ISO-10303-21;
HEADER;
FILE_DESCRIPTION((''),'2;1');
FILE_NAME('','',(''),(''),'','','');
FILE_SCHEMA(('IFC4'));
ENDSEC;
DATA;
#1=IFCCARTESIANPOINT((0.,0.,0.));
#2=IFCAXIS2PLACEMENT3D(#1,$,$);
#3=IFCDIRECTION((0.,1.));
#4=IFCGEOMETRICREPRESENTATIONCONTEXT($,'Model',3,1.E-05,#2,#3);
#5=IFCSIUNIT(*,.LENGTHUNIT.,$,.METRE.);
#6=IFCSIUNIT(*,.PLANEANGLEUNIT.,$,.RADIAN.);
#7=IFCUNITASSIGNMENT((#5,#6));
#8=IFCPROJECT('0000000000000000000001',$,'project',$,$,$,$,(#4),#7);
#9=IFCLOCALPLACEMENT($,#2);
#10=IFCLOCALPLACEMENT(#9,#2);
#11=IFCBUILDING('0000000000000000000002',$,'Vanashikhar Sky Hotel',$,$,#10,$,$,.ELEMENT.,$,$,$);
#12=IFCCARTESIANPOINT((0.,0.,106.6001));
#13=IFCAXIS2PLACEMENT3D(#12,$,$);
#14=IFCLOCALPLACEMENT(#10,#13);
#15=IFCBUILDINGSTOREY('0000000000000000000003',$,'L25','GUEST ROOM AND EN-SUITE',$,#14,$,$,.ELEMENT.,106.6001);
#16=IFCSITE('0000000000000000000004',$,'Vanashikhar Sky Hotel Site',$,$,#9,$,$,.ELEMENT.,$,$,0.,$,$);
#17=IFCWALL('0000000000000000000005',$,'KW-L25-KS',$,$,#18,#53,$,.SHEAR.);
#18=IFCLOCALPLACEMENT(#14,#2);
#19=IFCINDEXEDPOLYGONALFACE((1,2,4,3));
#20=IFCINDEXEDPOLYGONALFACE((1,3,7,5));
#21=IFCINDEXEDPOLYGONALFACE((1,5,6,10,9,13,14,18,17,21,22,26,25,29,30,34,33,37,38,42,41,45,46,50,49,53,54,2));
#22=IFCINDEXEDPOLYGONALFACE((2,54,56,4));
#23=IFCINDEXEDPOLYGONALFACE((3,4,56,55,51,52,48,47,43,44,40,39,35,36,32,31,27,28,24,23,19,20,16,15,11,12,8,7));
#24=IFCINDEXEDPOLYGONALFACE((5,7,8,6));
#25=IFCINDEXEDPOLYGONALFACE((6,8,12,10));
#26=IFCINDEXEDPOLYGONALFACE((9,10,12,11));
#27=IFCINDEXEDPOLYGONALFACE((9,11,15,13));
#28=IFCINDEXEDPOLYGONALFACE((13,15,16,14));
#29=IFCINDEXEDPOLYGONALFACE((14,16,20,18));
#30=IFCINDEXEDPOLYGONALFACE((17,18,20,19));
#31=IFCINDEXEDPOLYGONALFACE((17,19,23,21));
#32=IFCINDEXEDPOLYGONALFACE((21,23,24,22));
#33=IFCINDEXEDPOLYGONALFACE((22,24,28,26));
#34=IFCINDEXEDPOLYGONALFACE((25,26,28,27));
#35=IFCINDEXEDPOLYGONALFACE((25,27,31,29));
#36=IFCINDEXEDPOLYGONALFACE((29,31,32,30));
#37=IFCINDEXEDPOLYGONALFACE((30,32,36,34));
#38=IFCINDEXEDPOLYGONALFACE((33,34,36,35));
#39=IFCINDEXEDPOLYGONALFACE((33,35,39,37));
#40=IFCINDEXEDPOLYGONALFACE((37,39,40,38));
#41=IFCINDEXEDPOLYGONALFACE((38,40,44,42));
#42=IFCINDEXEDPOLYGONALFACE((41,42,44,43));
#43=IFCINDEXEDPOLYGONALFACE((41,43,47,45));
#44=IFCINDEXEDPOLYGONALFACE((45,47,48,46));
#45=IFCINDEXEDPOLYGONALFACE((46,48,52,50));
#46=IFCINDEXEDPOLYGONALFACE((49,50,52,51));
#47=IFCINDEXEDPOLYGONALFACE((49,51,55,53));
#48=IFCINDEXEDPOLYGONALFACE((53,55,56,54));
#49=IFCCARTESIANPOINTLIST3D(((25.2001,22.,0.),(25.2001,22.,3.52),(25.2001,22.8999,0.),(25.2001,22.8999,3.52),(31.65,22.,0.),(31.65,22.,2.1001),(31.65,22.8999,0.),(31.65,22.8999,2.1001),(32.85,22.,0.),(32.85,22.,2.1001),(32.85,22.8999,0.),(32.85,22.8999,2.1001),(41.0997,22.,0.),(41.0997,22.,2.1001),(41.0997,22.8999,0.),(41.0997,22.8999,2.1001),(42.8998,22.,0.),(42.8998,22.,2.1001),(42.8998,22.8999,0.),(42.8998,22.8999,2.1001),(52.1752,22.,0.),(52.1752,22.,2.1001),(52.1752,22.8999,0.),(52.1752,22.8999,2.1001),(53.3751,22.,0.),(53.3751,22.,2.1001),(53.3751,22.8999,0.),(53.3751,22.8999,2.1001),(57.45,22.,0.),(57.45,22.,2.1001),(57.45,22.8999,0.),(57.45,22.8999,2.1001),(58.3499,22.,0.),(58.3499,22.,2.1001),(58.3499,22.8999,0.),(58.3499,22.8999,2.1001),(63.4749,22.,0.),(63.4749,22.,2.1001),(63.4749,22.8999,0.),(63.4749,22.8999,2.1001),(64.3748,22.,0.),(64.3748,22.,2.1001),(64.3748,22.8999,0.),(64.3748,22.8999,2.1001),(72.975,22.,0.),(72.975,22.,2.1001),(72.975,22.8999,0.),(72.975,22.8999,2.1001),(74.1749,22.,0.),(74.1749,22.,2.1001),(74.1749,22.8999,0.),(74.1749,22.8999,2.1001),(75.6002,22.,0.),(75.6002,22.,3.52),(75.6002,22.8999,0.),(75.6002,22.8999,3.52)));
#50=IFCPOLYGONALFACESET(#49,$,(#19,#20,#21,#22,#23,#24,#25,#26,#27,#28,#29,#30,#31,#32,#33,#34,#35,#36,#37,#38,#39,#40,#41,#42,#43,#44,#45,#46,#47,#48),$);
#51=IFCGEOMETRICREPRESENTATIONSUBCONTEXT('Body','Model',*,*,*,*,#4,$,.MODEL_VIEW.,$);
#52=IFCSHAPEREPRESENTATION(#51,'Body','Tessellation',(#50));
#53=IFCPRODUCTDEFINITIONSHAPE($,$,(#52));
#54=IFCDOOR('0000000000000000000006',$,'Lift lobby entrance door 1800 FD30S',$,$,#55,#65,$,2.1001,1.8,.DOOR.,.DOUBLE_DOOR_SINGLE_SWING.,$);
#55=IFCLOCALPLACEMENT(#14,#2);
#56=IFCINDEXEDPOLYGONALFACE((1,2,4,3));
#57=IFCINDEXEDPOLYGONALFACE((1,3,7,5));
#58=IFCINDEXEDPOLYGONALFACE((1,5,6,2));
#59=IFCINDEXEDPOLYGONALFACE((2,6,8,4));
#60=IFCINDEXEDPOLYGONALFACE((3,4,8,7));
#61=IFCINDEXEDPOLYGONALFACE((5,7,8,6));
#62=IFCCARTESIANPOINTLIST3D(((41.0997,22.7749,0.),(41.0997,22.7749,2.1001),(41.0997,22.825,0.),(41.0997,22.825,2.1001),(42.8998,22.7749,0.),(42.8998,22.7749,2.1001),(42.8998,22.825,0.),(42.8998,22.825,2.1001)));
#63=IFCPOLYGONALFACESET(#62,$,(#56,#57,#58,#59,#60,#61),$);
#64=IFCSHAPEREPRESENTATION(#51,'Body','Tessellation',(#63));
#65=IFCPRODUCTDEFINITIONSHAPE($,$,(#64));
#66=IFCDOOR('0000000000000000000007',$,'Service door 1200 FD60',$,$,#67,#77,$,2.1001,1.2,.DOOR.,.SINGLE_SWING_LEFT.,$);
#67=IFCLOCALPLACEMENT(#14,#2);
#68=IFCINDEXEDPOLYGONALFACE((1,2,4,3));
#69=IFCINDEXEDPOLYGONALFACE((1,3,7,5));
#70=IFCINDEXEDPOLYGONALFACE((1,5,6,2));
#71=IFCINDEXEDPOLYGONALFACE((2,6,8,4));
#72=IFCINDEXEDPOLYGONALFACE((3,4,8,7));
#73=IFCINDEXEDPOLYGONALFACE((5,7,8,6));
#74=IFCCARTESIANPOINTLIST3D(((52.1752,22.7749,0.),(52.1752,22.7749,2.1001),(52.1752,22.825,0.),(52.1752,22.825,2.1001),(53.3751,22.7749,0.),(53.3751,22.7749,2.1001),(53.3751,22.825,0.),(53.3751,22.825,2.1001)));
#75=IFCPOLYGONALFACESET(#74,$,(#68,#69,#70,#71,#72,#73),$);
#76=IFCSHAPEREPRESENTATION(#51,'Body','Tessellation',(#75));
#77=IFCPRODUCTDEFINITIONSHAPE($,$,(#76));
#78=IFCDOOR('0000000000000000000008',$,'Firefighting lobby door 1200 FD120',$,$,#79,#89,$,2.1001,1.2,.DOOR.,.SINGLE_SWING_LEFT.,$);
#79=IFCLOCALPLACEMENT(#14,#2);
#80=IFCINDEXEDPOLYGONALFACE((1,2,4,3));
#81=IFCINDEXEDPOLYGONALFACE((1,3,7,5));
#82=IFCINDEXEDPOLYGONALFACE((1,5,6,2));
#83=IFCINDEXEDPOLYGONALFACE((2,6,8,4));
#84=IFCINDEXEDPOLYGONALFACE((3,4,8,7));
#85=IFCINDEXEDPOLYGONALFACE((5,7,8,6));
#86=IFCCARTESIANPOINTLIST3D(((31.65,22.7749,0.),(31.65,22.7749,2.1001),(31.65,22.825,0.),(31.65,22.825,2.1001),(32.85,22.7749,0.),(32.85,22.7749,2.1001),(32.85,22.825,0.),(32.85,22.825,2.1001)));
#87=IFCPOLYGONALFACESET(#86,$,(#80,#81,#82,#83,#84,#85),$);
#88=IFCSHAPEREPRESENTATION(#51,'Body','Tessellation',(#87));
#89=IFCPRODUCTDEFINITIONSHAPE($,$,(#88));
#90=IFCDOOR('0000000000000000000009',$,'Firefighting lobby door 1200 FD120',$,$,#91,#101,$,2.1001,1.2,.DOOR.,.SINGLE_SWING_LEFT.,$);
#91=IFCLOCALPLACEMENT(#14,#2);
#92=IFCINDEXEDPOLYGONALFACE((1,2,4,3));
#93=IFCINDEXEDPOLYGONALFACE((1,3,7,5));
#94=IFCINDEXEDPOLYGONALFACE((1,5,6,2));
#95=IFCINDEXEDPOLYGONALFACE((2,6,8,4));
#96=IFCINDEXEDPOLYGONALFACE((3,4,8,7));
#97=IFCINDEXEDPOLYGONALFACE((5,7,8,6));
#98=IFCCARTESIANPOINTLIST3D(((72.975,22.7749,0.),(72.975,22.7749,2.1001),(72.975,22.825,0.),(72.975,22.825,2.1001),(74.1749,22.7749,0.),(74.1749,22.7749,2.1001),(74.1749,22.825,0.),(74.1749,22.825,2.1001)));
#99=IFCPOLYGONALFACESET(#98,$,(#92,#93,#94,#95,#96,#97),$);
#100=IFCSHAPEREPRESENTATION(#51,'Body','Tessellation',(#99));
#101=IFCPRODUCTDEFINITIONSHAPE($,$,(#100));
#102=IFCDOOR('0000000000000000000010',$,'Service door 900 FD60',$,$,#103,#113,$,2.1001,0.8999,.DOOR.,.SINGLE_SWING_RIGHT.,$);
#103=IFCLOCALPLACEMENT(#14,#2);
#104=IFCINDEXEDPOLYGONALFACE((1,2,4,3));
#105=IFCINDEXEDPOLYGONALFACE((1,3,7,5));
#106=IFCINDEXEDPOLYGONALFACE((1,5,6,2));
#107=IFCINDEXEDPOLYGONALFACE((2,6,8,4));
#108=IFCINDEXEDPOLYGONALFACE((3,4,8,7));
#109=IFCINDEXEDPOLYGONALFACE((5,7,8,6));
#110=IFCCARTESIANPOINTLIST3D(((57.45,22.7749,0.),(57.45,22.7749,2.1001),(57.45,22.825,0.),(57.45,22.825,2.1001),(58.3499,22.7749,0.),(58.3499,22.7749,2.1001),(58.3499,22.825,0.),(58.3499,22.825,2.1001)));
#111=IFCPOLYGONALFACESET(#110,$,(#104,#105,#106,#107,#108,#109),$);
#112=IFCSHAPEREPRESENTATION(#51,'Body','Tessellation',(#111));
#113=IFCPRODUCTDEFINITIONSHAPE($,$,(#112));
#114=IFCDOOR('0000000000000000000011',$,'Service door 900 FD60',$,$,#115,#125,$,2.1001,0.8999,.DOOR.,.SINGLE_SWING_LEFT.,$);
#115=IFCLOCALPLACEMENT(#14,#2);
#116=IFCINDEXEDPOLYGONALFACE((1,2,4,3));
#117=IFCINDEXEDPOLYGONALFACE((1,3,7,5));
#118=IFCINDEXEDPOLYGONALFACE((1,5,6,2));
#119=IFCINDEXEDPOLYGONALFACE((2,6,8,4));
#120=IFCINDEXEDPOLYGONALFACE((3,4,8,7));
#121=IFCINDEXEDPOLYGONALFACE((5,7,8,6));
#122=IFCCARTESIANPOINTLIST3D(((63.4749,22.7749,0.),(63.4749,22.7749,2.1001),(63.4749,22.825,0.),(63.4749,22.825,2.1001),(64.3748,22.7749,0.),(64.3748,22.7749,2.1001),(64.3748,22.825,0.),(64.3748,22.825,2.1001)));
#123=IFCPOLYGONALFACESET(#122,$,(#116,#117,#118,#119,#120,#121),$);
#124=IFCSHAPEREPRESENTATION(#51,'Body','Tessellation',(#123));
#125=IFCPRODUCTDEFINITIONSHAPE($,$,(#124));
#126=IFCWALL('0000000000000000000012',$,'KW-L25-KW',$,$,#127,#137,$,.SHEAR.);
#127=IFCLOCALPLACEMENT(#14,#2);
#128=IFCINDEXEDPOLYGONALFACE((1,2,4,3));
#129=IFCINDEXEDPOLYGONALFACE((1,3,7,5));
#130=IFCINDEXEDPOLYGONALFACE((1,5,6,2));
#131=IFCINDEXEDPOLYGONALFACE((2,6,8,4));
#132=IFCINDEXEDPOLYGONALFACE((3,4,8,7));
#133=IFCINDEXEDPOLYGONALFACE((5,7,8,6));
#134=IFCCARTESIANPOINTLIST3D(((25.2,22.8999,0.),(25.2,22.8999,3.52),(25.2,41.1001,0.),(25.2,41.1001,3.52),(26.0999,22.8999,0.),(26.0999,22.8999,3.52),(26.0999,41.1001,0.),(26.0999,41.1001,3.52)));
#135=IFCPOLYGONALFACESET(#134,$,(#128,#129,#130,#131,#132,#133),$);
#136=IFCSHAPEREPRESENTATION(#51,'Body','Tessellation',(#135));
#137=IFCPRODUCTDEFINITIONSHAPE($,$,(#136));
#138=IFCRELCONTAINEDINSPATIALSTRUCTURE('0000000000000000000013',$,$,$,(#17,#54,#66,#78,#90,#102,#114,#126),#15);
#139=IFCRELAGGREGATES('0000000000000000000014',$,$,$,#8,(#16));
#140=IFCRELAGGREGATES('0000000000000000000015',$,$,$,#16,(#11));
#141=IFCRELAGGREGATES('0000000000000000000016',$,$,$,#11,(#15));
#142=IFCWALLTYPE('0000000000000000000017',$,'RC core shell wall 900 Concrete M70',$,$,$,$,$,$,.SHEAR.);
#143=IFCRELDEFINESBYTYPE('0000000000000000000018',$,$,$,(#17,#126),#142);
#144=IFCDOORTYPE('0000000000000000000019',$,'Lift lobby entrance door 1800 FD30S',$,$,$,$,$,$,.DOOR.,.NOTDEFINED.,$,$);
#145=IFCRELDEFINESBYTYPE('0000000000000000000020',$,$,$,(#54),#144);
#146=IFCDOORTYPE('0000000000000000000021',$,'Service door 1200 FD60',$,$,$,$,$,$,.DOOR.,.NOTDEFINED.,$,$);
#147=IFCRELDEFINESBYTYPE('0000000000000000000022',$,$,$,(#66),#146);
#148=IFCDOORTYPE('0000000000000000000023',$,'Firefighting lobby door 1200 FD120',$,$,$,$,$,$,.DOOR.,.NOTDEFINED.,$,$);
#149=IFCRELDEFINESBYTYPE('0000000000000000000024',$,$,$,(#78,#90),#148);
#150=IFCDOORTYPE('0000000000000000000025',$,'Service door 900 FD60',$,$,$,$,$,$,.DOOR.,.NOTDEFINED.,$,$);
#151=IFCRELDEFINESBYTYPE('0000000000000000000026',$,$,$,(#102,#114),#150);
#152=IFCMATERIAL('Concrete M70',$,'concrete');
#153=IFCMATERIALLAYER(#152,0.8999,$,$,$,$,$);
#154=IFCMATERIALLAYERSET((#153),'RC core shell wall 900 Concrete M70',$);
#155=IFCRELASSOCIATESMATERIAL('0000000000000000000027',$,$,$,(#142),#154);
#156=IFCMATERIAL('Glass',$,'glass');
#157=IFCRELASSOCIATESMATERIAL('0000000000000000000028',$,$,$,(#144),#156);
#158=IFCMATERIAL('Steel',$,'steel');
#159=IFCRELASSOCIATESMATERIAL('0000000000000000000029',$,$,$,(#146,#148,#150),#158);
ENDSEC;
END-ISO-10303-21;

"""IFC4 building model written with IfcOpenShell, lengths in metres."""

from ifc_helpers import new_model, si_unit, direction, frame, frame_2d, origin, place, context, subcontext, project, spatial, rectangle, extrude, source, transform, mapped, material, layer, layer_set, type_object, element, fill, save


model = new_model("IFC4")

# Units and contexts
model_context = context("Model", 3, precision=1e-05, world=origin(), true_north=direction((0.0, 1.0)))
body_context = subcontext(model_context, "Body", "Model", "MODEL_VIEW")
ifc_project = project(units=[si_unit("LENGTHUNIT", "METRE"), si_unit("PLANEANGLEUNIT", "RADIAN")], contexts=[model_context])

# Site, building, storey
site_placement = place(None, origin())
site = spatial("IfcSite", under=ifc_project, at=site_placement, Name="Vanashikhar Sky Hotel Site", CompositionType="ELEMENT", RefElevation=0.0)
building_placement = place(site_placement, origin())
building = spatial("IfcBuilding", under=site, at=building_placement, Name="Vanashikhar Sky Hotel", CompositionType="ELEMENT")
storey_placement = place(building_placement, frame((0.0, 0.0, 106.6001)))
storey = spatial("IfcBuildingStorey", under=building, at=storey_placement, Name="L25", Description="GUEST ROOM AND EN-SUITE", CompositionType="ELEMENT", Elevation=106.6001)

# Wall, openings, doors
ifc_material_1 = material(Name="Concrete M70", Category="concrete")
ifc_layer_1 = layer(ifc_material_1, 0.8999)
ifc_layer_set_1 = layer_set([ifc_layer_1], Name="RC core shell wall 900 Concrete M70")
wall_type_1 = type_object("IfcWallType", Name="RC core shell wall 900 Concrete M70", PredefinedType="SHEAR", material=ifc_layer_set_1)
shared_shape_1 = source(origin(), body_context, "Body", "SweptSolid", [
    extrude(rectangle(XDim=50.4001, YDim=0.8999, at=frame_2d((25.2002, 0.0))), origin(), (0.0, 0.0, 1.0), 3.52),
])
wall_1_placement = place(storey_placement, frame((25.2, 22.45, 0.0), z_axis=(0.0, 0.0, 1.0), x_axis=(1.0, 0.0, 0.0)))
wall_1 = element("IfcWall", 1, at=wall_1_placement, inside=storey, type_object=wall_type_1, Name="KW-L25-KS", PredefinedType="SHEAR", context=body_context, shape_type="MappedRepresentation", body=[
    mapped(shared_shape_1, transform((0.0, 0.0, 0.0), scale=1.0)),
])
shared_shape_2 = source(origin(), body_context, "Body", "SweptSolid", [
    extrude(rectangle(XDim=1.8, YDim=2.1001, at=frame_2d((0.8999, 1.05))), frame((0.0, 0.46, 0.0), z_axis=(0.0, -1.0, 0.0), x_axis=(1.0, 0.0, 0.0)), (0.0, 0.0, 1.0), 0.9199),
])
opening_1_placement = place(wall_1_placement, frame((15.8999, 0.0, 0.0)))
opening_1 = element("IfcOpeningElement", 2, at=opening_1_placement, cuts=wall_1, PredefinedType="OPENING", context=body_context, shape_type="MappedRepresentation", body=[
    mapped(shared_shape_2, transform((0.0, 0.0, 0.0), scale=1.0)),
])
shared_shape_3 = source(origin(), body_context, "Body", "SweptSolid", [
    extrude(rectangle(XDim=1.2, YDim=2.1001, at=frame_2d((0.6001, 1.05))), frame((0.0, 0.46, 0.0), z_axis=(0.0, -1.0, 0.0), x_axis=(1.0, 0.0, 0.0)), (0.0, 0.0, 1.0), 0.9199),
])
opening_2_placement = place(wall_1_placement, frame((26.9751, 0.0, 0.0)))
opening_2 = element("IfcOpeningElement", 3, at=opening_2_placement, cuts=wall_1, PredefinedType="OPENING", context=body_context, shape_type="MappedRepresentation", body=[
    mapped(shared_shape_3, transform((0.0, 0.0, 0.0), scale=1.0)),
])
shared_shape_4 = source(origin(), body_context, "Body", "SweptSolid", [
    extrude(rectangle(XDim=0.8999, YDim=2.1001, at=frame_2d((0.45, 1.05))), frame((0.0, 0.46, 0.0), z_axis=(0.0, -1.0, 0.0), x_axis=(1.0, 0.0, 0.0)), (0.0, 0.0, 1.0), 0.9199),
])
opening_3_placement = place(wall_1_placement, frame((32.25, 0.0, 0.0)))
opening_3 = element("IfcOpeningElement", 4, at=opening_3_placement, cuts=wall_1, PredefinedType="OPENING", context=body_context, shape_type="MappedRepresentation", body=[
    mapped(shared_shape_4, transform((0.0, 0.0, 0.0), scale=1.0)),
])
opening_4_placement = place(wall_1_placement, frame((38.2749, 0.0, 0.0)))
opening_4 = element("IfcOpeningElement", 5, at=opening_4_placement, cuts=wall_1, PredefinedType="OPENING", context=body_context, shape_type="MappedRepresentation", body=[
    mapped(shared_shape_4, transform((0.0, 0.0, 0.0), scale=1.0)),
])
opening_5_placement = place(wall_1_placement, frame((6.45, 0.0, 0.0)))
opening_5 = element("IfcOpeningElement", 6, at=opening_5_placement, cuts=wall_1, PredefinedType="OPENING", context=body_context, shape_type="MappedRepresentation", body=[
    mapped(shared_shape_3, transform((0.0, 0.0, 0.0), scale=1.0)),
])
opening_6_placement = place(wall_1_placement, frame((47.7749, 0.0, 0.0)))
opening_6 = element("IfcOpeningElement", 7, at=opening_6_placement, cuts=wall_1, PredefinedType="OPENING", context=body_context, shape_type="MappedRepresentation", body=[
    mapped(shared_shape_3, transform((0.0, 0.0, 0.0), scale=1.0)),
])
ifc_material_2 = material(Name="Glass", Category="glass")
door_type_1 = type_object("IfcDoorType", Name="Lift lobby entrance door 1800 FD30S", OperationType="NOTDEFINED", PredefinedType="DOOR", material=ifc_material_2)
shared_shape_5 = source(origin(), body_context, "Body", "SweptSolid", [
    extrude(rectangle(XDim=1.8, YDim=2.1001, at=frame_2d((0.8999, 1.05))), frame((0.0, 0.375, 0.0), z_axis=(0.0, -1.0, 0.0), x_axis=(1.0, 0.0, 0.0)), (0.0, 0.0, 1.0), 0.05),
])
door_1_placement = place(opening_1_placement, origin())
door_1 = element("IfcDoor", 8, at=door_1_placement, inside=storey, type_object=door_type_1, Name="Lift lobby entrance door 1800 FD30S", OperationType="DOUBLE_DOOR_SINGLE_SWING", OverallHeight=2.1001, OverallWidth=1.8, PredefinedType="DOOR", context=body_context, shape_type="MappedRepresentation", body=[
    mapped(shared_shape_5, transform((0.0, 0.0, 0.0), scale=1.0)),
])
fill(opening_1, door_1)
ifc_material_3 = material(Name="Steel", Category="steel")
door_type_2 = type_object("IfcDoorType", Name="Service door 1200 FD60", OperationType="NOTDEFINED", PredefinedType="DOOR", material=ifc_material_3)
shared_shape_6 = source(origin(), body_context, "Body", "SweptSolid", [
    extrude(rectangle(XDim=1.2, YDim=2.1001, at=frame_2d((0.6001, 1.05))), frame((0.0, 0.375, 0.0), z_axis=(0.0, -1.0, 0.0), x_axis=(1.0, 0.0, 0.0)), (0.0, 0.0, 1.0), 0.05),
])
door_2_placement = place(opening_2_placement, origin())
door_2 = element("IfcDoor", 9, at=door_2_placement, inside=storey, type_object=door_type_2, Name="Service door 1200 FD60", OperationType="SINGLE_SWING_LEFT", OverallHeight=2.1001, OverallWidth=1.2, PredefinedType="DOOR", context=body_context, shape_type="MappedRepresentation", body=[
    mapped(shared_shape_6, transform((0.0, 0.0, 0.0), scale=1.0)),
])
fill(opening_2, door_2)
door_type_3 = type_object("IfcDoorType", Name="Firefighting lobby door 1200 FD120", OperationType="NOTDEFINED", PredefinedType="DOOR", material=ifc_material_3)
door_3_placement = place(opening_5_placement, origin())
door_3 = element("IfcDoor", 10, at=door_3_placement, inside=storey, type_object=door_type_3, Name="Firefighting lobby door 1200 FD120", OperationType="SINGLE_SWING_LEFT", OverallHeight=2.1001, OverallWidth=1.2, PredefinedType="DOOR", context=body_context, shape_type="MappedRepresentation", body=[
    mapped(shared_shape_6, transform((0.0, 0.0, 0.0), scale=1.0)),
])
fill(opening_5, door_3)
door_4_placement = place(opening_6_placement, origin())
door_4 = element("IfcDoor", 11, at=door_4_placement, inside=storey, type_object=door_type_3, Name="Firefighting lobby door 1200 FD120", OperationType="SINGLE_SWING_LEFT", OverallHeight=2.1001, OverallWidth=1.2, PredefinedType="DOOR", context=body_context, shape_type="MappedRepresentation", body=[
    mapped(shared_shape_6, transform((0.0, 0.0, 0.0), scale=1.0)),
])
fill(opening_6, door_4)
door_type_4 = type_object("IfcDoorType", Name="Service door 900 FD60", OperationType="NOTDEFINED", PredefinedType="DOOR", material=ifc_material_3)
shared_shape_7 = source(origin(), body_context, "Body", "SweptSolid", [
    extrude(rectangle(XDim=0.8999, YDim=2.1001, at=frame_2d((0.45, 1.05))), frame((0.0, 0.375, 0.0), z_axis=(0.0, -1.0, 0.0), x_axis=(1.0, 0.0, 0.0)), (0.0, 0.0, 1.0), 0.05),
])
door_5_placement = place(opening_3_placement, origin())
door_5 = element("IfcDoor", 12, at=door_5_placement, inside=storey, type_object=door_type_4, Name="Service door 900 FD60", OperationType="SINGLE_SWING_RIGHT", OverallHeight=2.1001, OverallWidth=0.8999, PredefinedType="DOOR", context=body_context, shape_type="MappedRepresentation", body=[
    mapped(shared_shape_7, transform((0.0, 0.0, 0.0), scale=1.0)),
])
fill(opening_3, door_5)
door_6_placement = place(opening_4_placement, origin())
door_6 = element("IfcDoor", 13, at=door_6_placement, inside=storey, type_object=door_type_4, Name="Service door 900 FD60", OperationType="SINGLE_SWING_LEFT", OverallHeight=2.1001, OverallWidth=0.8999, PredefinedType="DOOR", context=body_context, shape_type="MappedRepresentation", body=[
    mapped(shared_shape_7, transform((0.0, 0.0, 0.0), scale=1.0)),
])
fill(opening_4, door_6)

# Wall
shared_shape_8 = source(origin(), body_context, "Body", "SweptSolid", [
    extrude(rectangle(XDim=18.2002, YDim=0.8999, at=frame_2d((9.1001, 0.0))), origin(), (0.0, 0.0, 1.0), 3.52),
])
wall_2_placement = place(storey_placement, frame((25.6499, 22.8999, 0.0), z_axis=(0.0, 0.0, 1.0), x_axis=(0.0, 1.0, 0.0)))
element("IfcWall", 14, at=wall_2_placement, inside=storey, type_object=wall_type_1, Name="KW-L25-KW", PredefinedType="SHEAR", context=body_context, shape_type="MappedRepresentation", body=[
    mapped(shared_shape_8, transform((0.0, 0.0, 0.0), scale=1.0)),
])

save(model, "model.ifc")
